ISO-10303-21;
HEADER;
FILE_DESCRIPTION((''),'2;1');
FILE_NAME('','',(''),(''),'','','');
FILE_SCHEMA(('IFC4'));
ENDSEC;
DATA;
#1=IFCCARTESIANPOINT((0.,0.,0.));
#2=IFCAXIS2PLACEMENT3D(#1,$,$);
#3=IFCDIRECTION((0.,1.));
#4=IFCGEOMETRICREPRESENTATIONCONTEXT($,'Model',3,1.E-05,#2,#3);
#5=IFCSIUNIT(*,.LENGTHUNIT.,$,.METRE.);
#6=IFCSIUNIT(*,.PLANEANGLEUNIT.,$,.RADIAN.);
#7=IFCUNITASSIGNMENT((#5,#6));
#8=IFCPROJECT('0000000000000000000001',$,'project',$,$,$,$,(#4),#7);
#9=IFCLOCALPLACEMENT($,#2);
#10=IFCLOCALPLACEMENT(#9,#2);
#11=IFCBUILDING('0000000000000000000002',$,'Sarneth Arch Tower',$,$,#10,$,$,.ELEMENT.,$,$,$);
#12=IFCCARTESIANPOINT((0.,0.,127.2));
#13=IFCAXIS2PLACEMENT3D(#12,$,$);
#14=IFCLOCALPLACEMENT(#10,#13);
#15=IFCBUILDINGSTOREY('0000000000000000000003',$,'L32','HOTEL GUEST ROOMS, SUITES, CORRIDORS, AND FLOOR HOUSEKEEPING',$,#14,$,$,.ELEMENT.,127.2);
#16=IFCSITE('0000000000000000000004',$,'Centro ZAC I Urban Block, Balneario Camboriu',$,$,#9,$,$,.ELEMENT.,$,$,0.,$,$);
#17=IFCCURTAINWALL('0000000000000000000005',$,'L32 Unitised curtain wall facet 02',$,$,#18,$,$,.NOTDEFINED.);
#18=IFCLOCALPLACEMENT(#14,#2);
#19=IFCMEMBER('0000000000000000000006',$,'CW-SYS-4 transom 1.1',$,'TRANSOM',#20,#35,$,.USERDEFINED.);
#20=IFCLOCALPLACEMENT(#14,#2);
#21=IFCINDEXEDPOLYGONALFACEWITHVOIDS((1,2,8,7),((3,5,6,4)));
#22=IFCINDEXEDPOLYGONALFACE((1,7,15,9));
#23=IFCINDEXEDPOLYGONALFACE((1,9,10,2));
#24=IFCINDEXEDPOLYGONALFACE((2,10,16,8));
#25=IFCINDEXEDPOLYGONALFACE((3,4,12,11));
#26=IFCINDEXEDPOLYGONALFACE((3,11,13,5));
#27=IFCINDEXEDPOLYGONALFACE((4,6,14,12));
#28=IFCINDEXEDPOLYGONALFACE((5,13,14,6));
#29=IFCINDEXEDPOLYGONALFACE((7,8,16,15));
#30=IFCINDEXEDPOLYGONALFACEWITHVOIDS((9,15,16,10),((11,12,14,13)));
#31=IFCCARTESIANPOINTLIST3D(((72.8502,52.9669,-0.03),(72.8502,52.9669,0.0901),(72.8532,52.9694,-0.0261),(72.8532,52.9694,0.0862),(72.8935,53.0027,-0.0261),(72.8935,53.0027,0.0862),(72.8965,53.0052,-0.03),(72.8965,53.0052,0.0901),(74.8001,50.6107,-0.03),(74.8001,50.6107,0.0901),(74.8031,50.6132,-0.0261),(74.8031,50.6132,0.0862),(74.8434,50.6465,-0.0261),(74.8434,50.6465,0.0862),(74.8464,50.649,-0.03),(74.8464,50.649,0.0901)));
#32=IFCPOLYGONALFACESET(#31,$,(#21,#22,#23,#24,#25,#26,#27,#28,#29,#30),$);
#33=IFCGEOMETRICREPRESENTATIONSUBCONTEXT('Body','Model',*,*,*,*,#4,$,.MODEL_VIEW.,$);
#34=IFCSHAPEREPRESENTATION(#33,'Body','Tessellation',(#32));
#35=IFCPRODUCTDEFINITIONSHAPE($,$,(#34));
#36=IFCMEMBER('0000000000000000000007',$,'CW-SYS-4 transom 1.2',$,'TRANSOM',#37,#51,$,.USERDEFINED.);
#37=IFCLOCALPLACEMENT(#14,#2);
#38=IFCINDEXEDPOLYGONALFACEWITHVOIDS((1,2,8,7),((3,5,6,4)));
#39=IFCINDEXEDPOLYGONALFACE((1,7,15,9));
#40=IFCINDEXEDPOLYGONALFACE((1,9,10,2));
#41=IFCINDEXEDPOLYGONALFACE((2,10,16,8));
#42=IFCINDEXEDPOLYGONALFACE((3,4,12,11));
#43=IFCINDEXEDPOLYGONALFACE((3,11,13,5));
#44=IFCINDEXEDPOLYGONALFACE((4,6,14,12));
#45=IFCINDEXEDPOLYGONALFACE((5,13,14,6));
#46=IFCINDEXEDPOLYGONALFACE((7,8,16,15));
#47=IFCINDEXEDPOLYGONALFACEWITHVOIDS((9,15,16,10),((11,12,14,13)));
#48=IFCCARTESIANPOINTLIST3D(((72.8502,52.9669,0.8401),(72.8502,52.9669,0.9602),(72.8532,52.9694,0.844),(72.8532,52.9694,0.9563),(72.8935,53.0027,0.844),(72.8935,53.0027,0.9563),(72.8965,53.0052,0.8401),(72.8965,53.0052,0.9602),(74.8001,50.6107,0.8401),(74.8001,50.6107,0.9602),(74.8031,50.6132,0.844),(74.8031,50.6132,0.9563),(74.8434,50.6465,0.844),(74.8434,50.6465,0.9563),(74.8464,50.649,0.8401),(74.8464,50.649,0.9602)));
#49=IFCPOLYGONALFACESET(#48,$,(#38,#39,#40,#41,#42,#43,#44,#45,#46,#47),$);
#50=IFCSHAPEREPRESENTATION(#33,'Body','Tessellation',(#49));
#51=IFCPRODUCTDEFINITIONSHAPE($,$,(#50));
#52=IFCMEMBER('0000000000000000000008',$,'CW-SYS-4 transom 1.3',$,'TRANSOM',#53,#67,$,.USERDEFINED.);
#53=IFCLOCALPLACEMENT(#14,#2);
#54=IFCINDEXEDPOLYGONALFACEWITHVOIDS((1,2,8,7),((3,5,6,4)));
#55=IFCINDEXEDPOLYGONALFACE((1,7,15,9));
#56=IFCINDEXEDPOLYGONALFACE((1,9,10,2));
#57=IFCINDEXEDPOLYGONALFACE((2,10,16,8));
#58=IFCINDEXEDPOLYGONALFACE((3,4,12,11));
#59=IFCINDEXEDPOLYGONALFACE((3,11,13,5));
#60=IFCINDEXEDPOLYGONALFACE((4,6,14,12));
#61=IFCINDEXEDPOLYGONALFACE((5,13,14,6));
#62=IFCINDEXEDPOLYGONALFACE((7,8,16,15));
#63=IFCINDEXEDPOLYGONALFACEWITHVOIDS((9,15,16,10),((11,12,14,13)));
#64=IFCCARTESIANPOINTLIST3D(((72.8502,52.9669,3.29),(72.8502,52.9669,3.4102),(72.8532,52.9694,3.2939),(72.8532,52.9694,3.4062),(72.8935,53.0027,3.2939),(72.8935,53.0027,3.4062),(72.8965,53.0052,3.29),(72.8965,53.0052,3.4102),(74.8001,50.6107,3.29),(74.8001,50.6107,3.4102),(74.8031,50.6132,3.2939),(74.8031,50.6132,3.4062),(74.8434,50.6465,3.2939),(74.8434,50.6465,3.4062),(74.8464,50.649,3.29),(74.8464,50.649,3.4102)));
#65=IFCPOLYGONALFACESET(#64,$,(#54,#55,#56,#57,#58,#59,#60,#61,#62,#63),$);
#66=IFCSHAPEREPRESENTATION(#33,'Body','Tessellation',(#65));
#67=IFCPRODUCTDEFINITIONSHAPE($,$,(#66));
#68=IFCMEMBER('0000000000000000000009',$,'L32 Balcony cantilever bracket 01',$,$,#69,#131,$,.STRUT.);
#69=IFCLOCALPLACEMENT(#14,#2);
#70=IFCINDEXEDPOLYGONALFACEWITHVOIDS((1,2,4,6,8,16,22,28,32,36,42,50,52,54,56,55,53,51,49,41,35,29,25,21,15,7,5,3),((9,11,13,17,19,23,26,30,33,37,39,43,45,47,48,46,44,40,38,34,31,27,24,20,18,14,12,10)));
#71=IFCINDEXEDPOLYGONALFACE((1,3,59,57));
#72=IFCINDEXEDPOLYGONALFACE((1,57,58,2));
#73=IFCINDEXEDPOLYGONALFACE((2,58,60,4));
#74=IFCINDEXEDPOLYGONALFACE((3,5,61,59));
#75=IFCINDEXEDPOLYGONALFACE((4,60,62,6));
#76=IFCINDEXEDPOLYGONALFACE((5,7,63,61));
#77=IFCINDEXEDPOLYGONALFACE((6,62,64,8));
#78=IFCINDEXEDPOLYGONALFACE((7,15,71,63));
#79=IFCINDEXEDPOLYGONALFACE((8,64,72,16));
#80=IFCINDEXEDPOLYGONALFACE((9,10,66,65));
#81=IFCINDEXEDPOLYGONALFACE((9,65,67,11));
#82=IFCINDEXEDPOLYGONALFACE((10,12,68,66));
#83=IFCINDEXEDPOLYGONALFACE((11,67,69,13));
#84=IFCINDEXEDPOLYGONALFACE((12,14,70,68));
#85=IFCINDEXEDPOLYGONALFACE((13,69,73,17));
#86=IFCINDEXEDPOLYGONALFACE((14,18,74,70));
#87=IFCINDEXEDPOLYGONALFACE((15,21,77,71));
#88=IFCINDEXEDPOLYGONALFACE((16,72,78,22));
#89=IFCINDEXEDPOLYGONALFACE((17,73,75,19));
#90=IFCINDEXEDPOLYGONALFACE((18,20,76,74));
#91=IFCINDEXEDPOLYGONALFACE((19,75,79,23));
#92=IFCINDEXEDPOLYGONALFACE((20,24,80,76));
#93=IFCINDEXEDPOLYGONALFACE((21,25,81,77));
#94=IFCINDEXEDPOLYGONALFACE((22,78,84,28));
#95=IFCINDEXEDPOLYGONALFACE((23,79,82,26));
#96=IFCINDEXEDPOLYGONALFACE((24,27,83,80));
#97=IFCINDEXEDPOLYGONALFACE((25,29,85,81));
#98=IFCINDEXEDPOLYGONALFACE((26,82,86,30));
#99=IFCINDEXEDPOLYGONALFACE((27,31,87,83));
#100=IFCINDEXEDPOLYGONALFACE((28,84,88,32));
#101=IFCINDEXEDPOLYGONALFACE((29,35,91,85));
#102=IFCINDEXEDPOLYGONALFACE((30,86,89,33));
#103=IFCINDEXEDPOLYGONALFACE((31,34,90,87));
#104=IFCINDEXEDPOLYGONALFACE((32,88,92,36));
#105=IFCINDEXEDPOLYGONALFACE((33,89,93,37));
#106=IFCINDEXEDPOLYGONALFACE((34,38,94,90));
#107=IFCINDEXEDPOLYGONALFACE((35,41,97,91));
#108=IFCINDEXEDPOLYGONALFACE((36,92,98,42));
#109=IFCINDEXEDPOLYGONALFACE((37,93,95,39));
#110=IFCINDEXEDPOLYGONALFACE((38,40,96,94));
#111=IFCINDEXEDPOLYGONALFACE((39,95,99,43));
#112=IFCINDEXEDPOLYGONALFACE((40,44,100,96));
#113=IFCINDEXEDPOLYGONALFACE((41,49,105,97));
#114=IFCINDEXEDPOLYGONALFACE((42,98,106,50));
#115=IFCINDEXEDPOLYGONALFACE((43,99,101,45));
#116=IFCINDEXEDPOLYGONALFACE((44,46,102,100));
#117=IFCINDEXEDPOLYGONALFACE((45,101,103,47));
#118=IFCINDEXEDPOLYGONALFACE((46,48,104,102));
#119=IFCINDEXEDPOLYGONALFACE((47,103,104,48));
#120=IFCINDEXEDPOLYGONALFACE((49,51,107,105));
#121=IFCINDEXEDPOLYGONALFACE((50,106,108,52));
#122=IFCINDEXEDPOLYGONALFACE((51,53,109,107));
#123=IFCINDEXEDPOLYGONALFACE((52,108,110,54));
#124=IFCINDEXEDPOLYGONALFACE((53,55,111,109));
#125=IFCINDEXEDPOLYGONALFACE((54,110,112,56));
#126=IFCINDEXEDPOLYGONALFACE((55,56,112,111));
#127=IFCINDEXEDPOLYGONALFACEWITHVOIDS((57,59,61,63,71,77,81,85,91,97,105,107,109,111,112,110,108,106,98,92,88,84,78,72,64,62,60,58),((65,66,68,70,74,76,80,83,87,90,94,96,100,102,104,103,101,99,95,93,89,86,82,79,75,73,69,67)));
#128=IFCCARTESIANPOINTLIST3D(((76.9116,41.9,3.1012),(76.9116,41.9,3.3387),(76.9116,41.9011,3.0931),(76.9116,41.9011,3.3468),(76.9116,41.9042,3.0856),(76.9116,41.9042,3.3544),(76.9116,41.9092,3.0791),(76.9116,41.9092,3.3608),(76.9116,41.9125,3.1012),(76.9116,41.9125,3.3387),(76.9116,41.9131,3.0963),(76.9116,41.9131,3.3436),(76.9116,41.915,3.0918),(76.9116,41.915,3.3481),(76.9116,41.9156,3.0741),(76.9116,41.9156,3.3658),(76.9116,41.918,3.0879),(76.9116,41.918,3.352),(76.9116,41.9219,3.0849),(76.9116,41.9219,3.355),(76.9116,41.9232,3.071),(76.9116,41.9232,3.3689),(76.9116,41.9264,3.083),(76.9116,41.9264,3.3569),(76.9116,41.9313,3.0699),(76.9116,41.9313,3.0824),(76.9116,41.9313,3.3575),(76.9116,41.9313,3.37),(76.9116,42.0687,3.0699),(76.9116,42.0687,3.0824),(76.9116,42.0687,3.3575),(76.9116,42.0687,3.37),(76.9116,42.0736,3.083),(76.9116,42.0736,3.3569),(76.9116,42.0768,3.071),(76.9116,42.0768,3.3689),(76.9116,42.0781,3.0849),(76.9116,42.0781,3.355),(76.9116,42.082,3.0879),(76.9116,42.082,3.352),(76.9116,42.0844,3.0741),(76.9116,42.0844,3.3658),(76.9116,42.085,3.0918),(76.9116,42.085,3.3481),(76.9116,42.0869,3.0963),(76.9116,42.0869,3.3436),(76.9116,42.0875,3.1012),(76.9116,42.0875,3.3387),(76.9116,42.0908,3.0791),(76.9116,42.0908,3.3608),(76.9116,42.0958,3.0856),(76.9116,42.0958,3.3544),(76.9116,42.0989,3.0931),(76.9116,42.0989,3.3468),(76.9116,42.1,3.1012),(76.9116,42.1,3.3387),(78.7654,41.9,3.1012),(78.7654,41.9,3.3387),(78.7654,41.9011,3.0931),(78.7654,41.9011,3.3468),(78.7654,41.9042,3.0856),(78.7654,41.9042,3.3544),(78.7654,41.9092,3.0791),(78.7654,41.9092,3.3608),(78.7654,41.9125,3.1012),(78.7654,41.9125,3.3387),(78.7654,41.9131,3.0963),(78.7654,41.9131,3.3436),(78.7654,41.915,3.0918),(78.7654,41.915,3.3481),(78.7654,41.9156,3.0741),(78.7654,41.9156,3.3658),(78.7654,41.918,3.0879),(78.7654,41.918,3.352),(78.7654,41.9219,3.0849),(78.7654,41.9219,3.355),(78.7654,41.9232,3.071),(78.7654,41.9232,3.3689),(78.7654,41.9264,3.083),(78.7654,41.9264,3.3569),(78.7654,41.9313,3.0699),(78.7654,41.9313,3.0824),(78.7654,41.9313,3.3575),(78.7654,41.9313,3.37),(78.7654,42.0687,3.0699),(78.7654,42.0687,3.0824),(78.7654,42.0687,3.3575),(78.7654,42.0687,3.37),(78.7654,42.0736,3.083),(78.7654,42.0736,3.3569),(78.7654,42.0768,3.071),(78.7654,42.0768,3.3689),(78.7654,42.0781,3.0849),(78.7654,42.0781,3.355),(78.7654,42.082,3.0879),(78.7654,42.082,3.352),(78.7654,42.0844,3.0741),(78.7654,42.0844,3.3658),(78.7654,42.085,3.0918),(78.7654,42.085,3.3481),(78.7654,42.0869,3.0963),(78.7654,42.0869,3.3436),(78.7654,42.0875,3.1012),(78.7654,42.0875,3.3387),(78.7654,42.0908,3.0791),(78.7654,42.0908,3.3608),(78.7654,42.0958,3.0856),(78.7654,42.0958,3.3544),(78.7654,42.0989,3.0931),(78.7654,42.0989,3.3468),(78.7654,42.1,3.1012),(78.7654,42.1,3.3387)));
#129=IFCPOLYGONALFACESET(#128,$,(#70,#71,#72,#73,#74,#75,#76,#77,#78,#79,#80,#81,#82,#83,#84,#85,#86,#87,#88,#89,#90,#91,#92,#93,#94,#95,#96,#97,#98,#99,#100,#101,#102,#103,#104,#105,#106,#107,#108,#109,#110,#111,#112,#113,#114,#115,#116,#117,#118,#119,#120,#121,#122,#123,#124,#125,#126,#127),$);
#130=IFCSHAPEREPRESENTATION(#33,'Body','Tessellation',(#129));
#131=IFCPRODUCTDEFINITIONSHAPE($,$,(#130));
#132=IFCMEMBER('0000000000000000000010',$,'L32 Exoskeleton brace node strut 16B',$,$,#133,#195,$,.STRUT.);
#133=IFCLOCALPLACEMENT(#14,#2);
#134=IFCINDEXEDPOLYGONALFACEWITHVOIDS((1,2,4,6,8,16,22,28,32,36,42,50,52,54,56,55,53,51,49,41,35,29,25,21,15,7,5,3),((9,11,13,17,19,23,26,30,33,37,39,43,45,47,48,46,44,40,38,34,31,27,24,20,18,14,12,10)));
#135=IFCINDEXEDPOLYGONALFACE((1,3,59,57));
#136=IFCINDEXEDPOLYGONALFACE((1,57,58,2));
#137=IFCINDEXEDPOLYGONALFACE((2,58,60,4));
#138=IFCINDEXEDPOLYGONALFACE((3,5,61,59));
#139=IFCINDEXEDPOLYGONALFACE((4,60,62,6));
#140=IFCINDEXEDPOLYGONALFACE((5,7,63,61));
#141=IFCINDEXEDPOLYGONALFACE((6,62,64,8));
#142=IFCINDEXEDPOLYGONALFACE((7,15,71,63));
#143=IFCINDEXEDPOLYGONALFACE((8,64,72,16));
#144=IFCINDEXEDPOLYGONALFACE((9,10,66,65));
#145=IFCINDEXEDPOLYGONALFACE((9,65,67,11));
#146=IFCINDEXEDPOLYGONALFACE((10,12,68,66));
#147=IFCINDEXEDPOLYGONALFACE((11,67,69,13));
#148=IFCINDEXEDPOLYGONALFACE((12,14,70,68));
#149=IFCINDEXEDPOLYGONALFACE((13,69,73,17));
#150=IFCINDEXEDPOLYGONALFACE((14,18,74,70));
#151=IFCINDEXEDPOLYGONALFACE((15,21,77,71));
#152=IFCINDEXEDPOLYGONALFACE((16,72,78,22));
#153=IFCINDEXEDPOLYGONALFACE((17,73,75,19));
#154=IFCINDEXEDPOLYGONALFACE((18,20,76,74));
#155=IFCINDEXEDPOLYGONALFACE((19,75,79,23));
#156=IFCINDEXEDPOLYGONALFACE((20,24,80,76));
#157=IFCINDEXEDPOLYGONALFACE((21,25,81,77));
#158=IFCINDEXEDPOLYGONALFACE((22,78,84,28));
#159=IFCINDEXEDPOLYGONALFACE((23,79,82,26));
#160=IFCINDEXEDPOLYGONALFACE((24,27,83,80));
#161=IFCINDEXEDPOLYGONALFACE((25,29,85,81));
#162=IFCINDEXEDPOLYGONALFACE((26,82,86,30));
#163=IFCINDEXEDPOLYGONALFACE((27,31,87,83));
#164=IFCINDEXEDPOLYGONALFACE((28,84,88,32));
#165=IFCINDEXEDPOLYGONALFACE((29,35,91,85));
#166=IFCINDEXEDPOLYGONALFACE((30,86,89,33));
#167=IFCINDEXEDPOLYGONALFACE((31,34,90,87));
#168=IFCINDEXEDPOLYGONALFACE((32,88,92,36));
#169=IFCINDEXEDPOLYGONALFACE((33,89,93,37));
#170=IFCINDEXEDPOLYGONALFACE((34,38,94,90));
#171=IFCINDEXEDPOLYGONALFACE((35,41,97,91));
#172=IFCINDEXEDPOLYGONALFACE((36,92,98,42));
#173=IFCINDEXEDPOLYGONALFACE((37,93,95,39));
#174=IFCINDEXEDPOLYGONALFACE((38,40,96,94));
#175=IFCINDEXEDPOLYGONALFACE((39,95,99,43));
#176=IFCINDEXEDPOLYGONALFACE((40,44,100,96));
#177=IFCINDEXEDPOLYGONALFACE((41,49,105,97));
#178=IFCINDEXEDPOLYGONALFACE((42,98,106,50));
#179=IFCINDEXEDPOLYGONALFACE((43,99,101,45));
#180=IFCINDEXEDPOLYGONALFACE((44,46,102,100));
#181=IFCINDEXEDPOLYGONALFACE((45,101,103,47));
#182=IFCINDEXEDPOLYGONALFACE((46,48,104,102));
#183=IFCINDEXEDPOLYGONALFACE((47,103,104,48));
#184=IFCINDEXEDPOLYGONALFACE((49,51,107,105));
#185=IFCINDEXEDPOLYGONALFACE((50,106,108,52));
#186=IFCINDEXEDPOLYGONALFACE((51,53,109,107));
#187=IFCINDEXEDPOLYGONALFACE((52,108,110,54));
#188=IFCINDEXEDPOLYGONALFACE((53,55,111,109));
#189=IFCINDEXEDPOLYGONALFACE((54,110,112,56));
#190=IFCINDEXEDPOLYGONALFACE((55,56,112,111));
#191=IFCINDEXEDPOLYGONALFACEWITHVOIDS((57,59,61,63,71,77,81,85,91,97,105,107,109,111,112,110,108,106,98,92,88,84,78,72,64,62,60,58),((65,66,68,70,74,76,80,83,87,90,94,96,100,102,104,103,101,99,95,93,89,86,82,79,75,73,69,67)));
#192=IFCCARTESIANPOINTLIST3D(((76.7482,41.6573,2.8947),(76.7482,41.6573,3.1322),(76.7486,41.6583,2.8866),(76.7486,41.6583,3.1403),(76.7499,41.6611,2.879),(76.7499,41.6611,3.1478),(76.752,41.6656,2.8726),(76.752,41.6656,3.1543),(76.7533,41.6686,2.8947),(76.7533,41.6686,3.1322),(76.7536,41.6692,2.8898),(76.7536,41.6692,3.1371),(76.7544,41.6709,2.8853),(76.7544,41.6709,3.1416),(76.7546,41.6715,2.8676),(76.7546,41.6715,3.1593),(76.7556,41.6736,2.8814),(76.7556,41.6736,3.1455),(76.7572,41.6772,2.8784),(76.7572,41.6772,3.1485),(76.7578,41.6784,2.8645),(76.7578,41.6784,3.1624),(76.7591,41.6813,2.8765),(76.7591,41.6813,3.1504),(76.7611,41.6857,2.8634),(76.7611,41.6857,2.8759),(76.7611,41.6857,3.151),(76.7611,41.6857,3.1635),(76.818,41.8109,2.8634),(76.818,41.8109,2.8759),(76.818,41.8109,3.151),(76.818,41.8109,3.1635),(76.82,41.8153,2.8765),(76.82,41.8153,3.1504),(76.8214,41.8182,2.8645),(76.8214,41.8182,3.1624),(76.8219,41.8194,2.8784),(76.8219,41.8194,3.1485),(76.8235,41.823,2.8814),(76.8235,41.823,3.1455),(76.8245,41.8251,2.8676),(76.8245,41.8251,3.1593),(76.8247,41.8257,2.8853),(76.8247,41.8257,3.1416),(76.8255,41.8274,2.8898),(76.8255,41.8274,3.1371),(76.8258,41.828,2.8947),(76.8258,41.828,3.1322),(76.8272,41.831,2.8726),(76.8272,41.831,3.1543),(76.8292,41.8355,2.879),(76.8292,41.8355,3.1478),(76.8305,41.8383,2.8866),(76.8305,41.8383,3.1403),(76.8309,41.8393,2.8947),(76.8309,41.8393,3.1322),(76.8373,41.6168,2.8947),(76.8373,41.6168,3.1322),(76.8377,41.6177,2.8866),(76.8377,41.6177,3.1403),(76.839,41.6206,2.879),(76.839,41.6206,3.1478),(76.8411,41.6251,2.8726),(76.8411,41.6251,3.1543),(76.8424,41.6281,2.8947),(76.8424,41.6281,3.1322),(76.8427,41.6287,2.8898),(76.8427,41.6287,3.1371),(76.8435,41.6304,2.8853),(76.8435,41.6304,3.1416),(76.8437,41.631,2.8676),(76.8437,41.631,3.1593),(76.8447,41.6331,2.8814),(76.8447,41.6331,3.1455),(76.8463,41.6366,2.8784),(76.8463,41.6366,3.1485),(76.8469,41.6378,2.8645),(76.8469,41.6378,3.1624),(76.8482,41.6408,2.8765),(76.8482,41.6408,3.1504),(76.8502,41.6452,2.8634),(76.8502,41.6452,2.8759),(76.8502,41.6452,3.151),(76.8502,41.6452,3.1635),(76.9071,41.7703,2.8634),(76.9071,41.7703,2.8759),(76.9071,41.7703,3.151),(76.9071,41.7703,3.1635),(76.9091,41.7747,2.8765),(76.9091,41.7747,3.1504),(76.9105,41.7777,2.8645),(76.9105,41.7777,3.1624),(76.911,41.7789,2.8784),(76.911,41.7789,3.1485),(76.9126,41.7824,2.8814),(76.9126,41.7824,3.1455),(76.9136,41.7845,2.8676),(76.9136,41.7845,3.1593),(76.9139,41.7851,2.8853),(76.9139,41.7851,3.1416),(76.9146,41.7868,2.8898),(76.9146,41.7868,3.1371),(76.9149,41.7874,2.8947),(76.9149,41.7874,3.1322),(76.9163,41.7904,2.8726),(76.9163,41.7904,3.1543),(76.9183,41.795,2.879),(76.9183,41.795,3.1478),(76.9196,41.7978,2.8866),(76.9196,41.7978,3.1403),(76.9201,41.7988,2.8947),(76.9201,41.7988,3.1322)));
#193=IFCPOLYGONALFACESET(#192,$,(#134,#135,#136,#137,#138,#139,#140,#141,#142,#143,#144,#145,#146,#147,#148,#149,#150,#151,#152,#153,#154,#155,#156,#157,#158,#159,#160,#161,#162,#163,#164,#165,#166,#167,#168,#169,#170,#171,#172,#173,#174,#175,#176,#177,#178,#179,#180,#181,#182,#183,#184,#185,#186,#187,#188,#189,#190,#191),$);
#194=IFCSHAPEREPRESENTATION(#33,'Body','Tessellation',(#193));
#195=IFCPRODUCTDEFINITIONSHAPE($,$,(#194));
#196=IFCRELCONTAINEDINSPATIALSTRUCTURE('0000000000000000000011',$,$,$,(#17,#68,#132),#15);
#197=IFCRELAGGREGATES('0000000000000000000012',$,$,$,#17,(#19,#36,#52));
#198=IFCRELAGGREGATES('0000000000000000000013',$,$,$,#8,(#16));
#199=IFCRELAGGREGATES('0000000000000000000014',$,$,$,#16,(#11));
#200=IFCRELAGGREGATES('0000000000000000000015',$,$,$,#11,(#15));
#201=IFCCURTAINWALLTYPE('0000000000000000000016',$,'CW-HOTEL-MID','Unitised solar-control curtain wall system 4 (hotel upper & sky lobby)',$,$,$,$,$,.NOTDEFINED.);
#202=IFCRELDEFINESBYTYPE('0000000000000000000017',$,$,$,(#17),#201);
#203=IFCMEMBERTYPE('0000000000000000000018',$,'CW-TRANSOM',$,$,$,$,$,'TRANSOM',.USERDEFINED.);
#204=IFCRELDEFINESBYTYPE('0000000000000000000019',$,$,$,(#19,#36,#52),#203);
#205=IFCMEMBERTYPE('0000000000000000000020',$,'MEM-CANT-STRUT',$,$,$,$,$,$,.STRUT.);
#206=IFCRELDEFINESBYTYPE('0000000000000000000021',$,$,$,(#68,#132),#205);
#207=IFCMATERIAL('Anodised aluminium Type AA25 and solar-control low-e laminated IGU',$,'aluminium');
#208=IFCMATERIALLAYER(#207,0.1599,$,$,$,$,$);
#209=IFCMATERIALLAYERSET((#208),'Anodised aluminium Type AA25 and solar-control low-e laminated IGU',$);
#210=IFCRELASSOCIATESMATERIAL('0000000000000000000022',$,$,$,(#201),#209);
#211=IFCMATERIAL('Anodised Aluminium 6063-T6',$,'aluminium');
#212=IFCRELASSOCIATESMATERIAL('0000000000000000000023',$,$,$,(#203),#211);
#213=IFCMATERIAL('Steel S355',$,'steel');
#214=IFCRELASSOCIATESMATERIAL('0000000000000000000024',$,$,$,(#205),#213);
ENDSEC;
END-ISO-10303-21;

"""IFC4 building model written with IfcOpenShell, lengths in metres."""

from ifc_helpers import new_model, si_unit, direction, frame, origin, origin_2d, place, context, subcontext, project, spatial, hollow_rectangle, extrude, material, layer, layer_set, material_profile, profile_set, type_object, element, aggregate, save


model = new_model("IFC4")

# Units and contexts
model_context = context("Model", 3, precision=1e-05, world=origin(), true_north=direction((0.0, 1.0)))
body_context = subcontext(model_context, "Body", "Model", "MODEL_VIEW")
ifc_project = project(units=[si_unit("LENGTHUNIT", "METRE"), si_unit("PLANEANGLEUNIT", "RADIAN")], contexts=[model_context])

# Site, building, storey
site_placement = place(None, origin())
site = spatial("IfcSite", under=ifc_project, at=site_placement, Name="Centro ZAC I Urban Block, Balneario Camboriu", CompositionType="ELEMENT", RefElevation=0.0)
building_placement = place(site_placement, origin())
building = spatial("IfcBuilding", under=site, at=building_placement, Name="Sarneth Arch Tower", CompositionType="ELEMENT")
storey_placement = place(building_placement, frame((0.0, 0.0, 127.2)))
storey = spatial("IfcBuildingStorey", under=building, at=storey_placement, Name="L32", Description="HOTEL GUEST ROOMS, SUITES, CORRIDORS, AND FLOOR HOUSEKEEPING", CompositionType="ELEMENT", Elevation=127.2)

# Curtain wall, members
ifc_material_1 = material(Name="Anodised aluminium Type AA25 and solar-control low-e laminated IGU", Category="aluminium")
ifc_layer_1 = layer(ifc_material_1, 0.1599)
ifc_layer_set_1 = layer_set([ifc_layer_1], Name="Anodised aluminium Type AA25 and solar-control low-e laminated IGU")
curtain_wall_type = type_object("IfcCurtainWallType", Name="CW-HOTEL-MID", Description="Unitised solar-control curtain wall system 4 (hotel upper & sky lobby)", PredefinedType="NOTDEFINED", material=ifc_layer_set_1)
curtain_wall_placement = place(storey_placement, origin())
curtain_wall = element("IfcCurtainWall", 1, at=curtain_wall_placement, inside=storey, type_object=curtain_wall_type, Name="L32 Unitised curtain wall facet 02", PredefinedType="NOTDEFINED")
ifc_material_2 = material(Name="Anodised Aluminium 6063-T6", Category="aluminium")
ifc_material_profile_1 = material_profile(ifc_material_2, hollow_rectangle(XDim=0.0601, YDim=0.1201, WallThickness=0.0039, at=origin_2d()), Name="AL-TRAN-120x60x4")
ifc_profile_set_1 = profile_set([ifc_material_profile_1], Name="Anodised Aluminium 6063-T6")
member_type_1 = type_object("IfcMemberType", Name="CW-TRANSOM", ElementType="TRANSOM", PredefinedType="USERDEFINED", material=ifc_profile_set_1)
member_1_placement = place(storey_placement, frame((74.8232, 50.6299, 0.03), z_axis=(-0.637566, 0.770396, 0.0), x_axis=(-0.770396, -0.637566, 0.0)))
member_1 = element("IfcMember", 2, at=member_1_placement, type_object=member_type_1, Name="CW-SYS-4 transom 1.1", ObjectType="TRANSOM", PredefinedType="USERDEFINED", context=body_context, shape_type="SweptSolid", body=[
    extrude(hollow_rectangle(XDim=0.0601, YDim=0.1201, WallThickness=0.0039, at=origin_2d()), origin(), (0.0, 0.0, 1.0), 3.0583),
])
member_2_placement = place(storey_placement, frame((74.8232, 50.6299, 0.9001), z_axis=(-0.637566, 0.770396, 0.0), x_axis=(-0.770396, -0.637566, 0.0)))
member_2 = element("IfcMember", 3, at=member_2_placement, type_object=member_type_1, Name="CW-SYS-4 transom 1.2", ObjectType="TRANSOM", PredefinedType="USERDEFINED", context=body_context, shape_type="SweptSolid", body=[
    extrude(hollow_rectangle(XDim=0.0601, YDim=0.1201, WallThickness=0.0039, at=origin_2d()), origin(), (0.0, 0.0, 1.0), 3.0583),
])
member_3_placement = place(storey_placement, frame((74.8232, 50.6299, 3.3501), z_axis=(-0.637566, 0.770396, 0.0), x_axis=(-0.770396, -0.637566, 0.0)))
member_3 = element("IfcMember", 4, at=member_3_placement, type_object=member_type_1, Name="CW-SYS-4 transom 1.3", ObjectType="TRANSOM", PredefinedType="USERDEFINED", context=body_context, shape_type="SweptSolid", body=[
    extrude(hollow_rectangle(XDim=0.0601, YDim=0.1201, WallThickness=0.0039, at=origin_2d()), origin(), (0.0, 0.0, 1.0), 3.0583),
])

# Members
ifc_material_3 = material(Name="Steel S355", Category="steel")
ifc_material_profile_2 = material_profile(ifc_material_3, hollow_rectangle(XDim=0.2, YDim=0.3, WallThickness=0.0125, InnerFilletRadius=0.0188, OuterFilletRadius=0.0312, at=origin_2d()), Name="RHS300x200x12.5")
ifc_profile_set_2 = profile_set([ifc_material_profile_2], Name="Steel S355")
member_type_2 = type_object("IfcMemberType", Name="MEM-CANT-STRUT", PredefinedType="STRUT", material=ifc_profile_set_2)
member_4_placement = place(storey_placement, frame((76.9116, 42.0, 3.22), z_axis=(1.0, 0.0, 0.0), x_axis=(0.0, 1.0, 0.0)))
element("IfcMember", 5, at=member_4_placement, inside=storey, type_object=member_type_2, Name="L32 Balcony cantilever bracket 01", PredefinedType="STRUT", context=body_context, shape_type="SweptSolid", body=[
    extrude(hollow_rectangle(XDim=0.2, YDim=0.3, WallThickness=0.0125, InnerFilletRadius=0.0188, OuterFilletRadius=0.0312, at=origin_2d()), origin(), (0.0, 0.0, 1.0), 1.8538),
])
member_5_placement = place(storey_placement, frame((76.7896, 41.7483, 3.0134), z_axis=(0.910281, -0.413991, 0.0), x_axis=(0.413991, 0.910281, 0.0)))
element("IfcMember", 6, at=member_5_placement, inside=storey, type_object=member_type_2, Name="L32 Exoskeleton brace node strut 16B", PredefinedType="STRUT", context=body_context, shape_type="SweptSolid", body=[
    extrude(hollow_rectangle(XDim=0.2, YDim=0.3, WallThickness=0.0125, InnerFilletRadius=0.0188, OuterFilletRadius=0.0312, at=origin_2d()), origin(), (0.0, 0.0, 1.0), 0.0979),
])

aggregate(curtain_wall, [member_1, member_2, member_3])

save(model, "model.ifc")
